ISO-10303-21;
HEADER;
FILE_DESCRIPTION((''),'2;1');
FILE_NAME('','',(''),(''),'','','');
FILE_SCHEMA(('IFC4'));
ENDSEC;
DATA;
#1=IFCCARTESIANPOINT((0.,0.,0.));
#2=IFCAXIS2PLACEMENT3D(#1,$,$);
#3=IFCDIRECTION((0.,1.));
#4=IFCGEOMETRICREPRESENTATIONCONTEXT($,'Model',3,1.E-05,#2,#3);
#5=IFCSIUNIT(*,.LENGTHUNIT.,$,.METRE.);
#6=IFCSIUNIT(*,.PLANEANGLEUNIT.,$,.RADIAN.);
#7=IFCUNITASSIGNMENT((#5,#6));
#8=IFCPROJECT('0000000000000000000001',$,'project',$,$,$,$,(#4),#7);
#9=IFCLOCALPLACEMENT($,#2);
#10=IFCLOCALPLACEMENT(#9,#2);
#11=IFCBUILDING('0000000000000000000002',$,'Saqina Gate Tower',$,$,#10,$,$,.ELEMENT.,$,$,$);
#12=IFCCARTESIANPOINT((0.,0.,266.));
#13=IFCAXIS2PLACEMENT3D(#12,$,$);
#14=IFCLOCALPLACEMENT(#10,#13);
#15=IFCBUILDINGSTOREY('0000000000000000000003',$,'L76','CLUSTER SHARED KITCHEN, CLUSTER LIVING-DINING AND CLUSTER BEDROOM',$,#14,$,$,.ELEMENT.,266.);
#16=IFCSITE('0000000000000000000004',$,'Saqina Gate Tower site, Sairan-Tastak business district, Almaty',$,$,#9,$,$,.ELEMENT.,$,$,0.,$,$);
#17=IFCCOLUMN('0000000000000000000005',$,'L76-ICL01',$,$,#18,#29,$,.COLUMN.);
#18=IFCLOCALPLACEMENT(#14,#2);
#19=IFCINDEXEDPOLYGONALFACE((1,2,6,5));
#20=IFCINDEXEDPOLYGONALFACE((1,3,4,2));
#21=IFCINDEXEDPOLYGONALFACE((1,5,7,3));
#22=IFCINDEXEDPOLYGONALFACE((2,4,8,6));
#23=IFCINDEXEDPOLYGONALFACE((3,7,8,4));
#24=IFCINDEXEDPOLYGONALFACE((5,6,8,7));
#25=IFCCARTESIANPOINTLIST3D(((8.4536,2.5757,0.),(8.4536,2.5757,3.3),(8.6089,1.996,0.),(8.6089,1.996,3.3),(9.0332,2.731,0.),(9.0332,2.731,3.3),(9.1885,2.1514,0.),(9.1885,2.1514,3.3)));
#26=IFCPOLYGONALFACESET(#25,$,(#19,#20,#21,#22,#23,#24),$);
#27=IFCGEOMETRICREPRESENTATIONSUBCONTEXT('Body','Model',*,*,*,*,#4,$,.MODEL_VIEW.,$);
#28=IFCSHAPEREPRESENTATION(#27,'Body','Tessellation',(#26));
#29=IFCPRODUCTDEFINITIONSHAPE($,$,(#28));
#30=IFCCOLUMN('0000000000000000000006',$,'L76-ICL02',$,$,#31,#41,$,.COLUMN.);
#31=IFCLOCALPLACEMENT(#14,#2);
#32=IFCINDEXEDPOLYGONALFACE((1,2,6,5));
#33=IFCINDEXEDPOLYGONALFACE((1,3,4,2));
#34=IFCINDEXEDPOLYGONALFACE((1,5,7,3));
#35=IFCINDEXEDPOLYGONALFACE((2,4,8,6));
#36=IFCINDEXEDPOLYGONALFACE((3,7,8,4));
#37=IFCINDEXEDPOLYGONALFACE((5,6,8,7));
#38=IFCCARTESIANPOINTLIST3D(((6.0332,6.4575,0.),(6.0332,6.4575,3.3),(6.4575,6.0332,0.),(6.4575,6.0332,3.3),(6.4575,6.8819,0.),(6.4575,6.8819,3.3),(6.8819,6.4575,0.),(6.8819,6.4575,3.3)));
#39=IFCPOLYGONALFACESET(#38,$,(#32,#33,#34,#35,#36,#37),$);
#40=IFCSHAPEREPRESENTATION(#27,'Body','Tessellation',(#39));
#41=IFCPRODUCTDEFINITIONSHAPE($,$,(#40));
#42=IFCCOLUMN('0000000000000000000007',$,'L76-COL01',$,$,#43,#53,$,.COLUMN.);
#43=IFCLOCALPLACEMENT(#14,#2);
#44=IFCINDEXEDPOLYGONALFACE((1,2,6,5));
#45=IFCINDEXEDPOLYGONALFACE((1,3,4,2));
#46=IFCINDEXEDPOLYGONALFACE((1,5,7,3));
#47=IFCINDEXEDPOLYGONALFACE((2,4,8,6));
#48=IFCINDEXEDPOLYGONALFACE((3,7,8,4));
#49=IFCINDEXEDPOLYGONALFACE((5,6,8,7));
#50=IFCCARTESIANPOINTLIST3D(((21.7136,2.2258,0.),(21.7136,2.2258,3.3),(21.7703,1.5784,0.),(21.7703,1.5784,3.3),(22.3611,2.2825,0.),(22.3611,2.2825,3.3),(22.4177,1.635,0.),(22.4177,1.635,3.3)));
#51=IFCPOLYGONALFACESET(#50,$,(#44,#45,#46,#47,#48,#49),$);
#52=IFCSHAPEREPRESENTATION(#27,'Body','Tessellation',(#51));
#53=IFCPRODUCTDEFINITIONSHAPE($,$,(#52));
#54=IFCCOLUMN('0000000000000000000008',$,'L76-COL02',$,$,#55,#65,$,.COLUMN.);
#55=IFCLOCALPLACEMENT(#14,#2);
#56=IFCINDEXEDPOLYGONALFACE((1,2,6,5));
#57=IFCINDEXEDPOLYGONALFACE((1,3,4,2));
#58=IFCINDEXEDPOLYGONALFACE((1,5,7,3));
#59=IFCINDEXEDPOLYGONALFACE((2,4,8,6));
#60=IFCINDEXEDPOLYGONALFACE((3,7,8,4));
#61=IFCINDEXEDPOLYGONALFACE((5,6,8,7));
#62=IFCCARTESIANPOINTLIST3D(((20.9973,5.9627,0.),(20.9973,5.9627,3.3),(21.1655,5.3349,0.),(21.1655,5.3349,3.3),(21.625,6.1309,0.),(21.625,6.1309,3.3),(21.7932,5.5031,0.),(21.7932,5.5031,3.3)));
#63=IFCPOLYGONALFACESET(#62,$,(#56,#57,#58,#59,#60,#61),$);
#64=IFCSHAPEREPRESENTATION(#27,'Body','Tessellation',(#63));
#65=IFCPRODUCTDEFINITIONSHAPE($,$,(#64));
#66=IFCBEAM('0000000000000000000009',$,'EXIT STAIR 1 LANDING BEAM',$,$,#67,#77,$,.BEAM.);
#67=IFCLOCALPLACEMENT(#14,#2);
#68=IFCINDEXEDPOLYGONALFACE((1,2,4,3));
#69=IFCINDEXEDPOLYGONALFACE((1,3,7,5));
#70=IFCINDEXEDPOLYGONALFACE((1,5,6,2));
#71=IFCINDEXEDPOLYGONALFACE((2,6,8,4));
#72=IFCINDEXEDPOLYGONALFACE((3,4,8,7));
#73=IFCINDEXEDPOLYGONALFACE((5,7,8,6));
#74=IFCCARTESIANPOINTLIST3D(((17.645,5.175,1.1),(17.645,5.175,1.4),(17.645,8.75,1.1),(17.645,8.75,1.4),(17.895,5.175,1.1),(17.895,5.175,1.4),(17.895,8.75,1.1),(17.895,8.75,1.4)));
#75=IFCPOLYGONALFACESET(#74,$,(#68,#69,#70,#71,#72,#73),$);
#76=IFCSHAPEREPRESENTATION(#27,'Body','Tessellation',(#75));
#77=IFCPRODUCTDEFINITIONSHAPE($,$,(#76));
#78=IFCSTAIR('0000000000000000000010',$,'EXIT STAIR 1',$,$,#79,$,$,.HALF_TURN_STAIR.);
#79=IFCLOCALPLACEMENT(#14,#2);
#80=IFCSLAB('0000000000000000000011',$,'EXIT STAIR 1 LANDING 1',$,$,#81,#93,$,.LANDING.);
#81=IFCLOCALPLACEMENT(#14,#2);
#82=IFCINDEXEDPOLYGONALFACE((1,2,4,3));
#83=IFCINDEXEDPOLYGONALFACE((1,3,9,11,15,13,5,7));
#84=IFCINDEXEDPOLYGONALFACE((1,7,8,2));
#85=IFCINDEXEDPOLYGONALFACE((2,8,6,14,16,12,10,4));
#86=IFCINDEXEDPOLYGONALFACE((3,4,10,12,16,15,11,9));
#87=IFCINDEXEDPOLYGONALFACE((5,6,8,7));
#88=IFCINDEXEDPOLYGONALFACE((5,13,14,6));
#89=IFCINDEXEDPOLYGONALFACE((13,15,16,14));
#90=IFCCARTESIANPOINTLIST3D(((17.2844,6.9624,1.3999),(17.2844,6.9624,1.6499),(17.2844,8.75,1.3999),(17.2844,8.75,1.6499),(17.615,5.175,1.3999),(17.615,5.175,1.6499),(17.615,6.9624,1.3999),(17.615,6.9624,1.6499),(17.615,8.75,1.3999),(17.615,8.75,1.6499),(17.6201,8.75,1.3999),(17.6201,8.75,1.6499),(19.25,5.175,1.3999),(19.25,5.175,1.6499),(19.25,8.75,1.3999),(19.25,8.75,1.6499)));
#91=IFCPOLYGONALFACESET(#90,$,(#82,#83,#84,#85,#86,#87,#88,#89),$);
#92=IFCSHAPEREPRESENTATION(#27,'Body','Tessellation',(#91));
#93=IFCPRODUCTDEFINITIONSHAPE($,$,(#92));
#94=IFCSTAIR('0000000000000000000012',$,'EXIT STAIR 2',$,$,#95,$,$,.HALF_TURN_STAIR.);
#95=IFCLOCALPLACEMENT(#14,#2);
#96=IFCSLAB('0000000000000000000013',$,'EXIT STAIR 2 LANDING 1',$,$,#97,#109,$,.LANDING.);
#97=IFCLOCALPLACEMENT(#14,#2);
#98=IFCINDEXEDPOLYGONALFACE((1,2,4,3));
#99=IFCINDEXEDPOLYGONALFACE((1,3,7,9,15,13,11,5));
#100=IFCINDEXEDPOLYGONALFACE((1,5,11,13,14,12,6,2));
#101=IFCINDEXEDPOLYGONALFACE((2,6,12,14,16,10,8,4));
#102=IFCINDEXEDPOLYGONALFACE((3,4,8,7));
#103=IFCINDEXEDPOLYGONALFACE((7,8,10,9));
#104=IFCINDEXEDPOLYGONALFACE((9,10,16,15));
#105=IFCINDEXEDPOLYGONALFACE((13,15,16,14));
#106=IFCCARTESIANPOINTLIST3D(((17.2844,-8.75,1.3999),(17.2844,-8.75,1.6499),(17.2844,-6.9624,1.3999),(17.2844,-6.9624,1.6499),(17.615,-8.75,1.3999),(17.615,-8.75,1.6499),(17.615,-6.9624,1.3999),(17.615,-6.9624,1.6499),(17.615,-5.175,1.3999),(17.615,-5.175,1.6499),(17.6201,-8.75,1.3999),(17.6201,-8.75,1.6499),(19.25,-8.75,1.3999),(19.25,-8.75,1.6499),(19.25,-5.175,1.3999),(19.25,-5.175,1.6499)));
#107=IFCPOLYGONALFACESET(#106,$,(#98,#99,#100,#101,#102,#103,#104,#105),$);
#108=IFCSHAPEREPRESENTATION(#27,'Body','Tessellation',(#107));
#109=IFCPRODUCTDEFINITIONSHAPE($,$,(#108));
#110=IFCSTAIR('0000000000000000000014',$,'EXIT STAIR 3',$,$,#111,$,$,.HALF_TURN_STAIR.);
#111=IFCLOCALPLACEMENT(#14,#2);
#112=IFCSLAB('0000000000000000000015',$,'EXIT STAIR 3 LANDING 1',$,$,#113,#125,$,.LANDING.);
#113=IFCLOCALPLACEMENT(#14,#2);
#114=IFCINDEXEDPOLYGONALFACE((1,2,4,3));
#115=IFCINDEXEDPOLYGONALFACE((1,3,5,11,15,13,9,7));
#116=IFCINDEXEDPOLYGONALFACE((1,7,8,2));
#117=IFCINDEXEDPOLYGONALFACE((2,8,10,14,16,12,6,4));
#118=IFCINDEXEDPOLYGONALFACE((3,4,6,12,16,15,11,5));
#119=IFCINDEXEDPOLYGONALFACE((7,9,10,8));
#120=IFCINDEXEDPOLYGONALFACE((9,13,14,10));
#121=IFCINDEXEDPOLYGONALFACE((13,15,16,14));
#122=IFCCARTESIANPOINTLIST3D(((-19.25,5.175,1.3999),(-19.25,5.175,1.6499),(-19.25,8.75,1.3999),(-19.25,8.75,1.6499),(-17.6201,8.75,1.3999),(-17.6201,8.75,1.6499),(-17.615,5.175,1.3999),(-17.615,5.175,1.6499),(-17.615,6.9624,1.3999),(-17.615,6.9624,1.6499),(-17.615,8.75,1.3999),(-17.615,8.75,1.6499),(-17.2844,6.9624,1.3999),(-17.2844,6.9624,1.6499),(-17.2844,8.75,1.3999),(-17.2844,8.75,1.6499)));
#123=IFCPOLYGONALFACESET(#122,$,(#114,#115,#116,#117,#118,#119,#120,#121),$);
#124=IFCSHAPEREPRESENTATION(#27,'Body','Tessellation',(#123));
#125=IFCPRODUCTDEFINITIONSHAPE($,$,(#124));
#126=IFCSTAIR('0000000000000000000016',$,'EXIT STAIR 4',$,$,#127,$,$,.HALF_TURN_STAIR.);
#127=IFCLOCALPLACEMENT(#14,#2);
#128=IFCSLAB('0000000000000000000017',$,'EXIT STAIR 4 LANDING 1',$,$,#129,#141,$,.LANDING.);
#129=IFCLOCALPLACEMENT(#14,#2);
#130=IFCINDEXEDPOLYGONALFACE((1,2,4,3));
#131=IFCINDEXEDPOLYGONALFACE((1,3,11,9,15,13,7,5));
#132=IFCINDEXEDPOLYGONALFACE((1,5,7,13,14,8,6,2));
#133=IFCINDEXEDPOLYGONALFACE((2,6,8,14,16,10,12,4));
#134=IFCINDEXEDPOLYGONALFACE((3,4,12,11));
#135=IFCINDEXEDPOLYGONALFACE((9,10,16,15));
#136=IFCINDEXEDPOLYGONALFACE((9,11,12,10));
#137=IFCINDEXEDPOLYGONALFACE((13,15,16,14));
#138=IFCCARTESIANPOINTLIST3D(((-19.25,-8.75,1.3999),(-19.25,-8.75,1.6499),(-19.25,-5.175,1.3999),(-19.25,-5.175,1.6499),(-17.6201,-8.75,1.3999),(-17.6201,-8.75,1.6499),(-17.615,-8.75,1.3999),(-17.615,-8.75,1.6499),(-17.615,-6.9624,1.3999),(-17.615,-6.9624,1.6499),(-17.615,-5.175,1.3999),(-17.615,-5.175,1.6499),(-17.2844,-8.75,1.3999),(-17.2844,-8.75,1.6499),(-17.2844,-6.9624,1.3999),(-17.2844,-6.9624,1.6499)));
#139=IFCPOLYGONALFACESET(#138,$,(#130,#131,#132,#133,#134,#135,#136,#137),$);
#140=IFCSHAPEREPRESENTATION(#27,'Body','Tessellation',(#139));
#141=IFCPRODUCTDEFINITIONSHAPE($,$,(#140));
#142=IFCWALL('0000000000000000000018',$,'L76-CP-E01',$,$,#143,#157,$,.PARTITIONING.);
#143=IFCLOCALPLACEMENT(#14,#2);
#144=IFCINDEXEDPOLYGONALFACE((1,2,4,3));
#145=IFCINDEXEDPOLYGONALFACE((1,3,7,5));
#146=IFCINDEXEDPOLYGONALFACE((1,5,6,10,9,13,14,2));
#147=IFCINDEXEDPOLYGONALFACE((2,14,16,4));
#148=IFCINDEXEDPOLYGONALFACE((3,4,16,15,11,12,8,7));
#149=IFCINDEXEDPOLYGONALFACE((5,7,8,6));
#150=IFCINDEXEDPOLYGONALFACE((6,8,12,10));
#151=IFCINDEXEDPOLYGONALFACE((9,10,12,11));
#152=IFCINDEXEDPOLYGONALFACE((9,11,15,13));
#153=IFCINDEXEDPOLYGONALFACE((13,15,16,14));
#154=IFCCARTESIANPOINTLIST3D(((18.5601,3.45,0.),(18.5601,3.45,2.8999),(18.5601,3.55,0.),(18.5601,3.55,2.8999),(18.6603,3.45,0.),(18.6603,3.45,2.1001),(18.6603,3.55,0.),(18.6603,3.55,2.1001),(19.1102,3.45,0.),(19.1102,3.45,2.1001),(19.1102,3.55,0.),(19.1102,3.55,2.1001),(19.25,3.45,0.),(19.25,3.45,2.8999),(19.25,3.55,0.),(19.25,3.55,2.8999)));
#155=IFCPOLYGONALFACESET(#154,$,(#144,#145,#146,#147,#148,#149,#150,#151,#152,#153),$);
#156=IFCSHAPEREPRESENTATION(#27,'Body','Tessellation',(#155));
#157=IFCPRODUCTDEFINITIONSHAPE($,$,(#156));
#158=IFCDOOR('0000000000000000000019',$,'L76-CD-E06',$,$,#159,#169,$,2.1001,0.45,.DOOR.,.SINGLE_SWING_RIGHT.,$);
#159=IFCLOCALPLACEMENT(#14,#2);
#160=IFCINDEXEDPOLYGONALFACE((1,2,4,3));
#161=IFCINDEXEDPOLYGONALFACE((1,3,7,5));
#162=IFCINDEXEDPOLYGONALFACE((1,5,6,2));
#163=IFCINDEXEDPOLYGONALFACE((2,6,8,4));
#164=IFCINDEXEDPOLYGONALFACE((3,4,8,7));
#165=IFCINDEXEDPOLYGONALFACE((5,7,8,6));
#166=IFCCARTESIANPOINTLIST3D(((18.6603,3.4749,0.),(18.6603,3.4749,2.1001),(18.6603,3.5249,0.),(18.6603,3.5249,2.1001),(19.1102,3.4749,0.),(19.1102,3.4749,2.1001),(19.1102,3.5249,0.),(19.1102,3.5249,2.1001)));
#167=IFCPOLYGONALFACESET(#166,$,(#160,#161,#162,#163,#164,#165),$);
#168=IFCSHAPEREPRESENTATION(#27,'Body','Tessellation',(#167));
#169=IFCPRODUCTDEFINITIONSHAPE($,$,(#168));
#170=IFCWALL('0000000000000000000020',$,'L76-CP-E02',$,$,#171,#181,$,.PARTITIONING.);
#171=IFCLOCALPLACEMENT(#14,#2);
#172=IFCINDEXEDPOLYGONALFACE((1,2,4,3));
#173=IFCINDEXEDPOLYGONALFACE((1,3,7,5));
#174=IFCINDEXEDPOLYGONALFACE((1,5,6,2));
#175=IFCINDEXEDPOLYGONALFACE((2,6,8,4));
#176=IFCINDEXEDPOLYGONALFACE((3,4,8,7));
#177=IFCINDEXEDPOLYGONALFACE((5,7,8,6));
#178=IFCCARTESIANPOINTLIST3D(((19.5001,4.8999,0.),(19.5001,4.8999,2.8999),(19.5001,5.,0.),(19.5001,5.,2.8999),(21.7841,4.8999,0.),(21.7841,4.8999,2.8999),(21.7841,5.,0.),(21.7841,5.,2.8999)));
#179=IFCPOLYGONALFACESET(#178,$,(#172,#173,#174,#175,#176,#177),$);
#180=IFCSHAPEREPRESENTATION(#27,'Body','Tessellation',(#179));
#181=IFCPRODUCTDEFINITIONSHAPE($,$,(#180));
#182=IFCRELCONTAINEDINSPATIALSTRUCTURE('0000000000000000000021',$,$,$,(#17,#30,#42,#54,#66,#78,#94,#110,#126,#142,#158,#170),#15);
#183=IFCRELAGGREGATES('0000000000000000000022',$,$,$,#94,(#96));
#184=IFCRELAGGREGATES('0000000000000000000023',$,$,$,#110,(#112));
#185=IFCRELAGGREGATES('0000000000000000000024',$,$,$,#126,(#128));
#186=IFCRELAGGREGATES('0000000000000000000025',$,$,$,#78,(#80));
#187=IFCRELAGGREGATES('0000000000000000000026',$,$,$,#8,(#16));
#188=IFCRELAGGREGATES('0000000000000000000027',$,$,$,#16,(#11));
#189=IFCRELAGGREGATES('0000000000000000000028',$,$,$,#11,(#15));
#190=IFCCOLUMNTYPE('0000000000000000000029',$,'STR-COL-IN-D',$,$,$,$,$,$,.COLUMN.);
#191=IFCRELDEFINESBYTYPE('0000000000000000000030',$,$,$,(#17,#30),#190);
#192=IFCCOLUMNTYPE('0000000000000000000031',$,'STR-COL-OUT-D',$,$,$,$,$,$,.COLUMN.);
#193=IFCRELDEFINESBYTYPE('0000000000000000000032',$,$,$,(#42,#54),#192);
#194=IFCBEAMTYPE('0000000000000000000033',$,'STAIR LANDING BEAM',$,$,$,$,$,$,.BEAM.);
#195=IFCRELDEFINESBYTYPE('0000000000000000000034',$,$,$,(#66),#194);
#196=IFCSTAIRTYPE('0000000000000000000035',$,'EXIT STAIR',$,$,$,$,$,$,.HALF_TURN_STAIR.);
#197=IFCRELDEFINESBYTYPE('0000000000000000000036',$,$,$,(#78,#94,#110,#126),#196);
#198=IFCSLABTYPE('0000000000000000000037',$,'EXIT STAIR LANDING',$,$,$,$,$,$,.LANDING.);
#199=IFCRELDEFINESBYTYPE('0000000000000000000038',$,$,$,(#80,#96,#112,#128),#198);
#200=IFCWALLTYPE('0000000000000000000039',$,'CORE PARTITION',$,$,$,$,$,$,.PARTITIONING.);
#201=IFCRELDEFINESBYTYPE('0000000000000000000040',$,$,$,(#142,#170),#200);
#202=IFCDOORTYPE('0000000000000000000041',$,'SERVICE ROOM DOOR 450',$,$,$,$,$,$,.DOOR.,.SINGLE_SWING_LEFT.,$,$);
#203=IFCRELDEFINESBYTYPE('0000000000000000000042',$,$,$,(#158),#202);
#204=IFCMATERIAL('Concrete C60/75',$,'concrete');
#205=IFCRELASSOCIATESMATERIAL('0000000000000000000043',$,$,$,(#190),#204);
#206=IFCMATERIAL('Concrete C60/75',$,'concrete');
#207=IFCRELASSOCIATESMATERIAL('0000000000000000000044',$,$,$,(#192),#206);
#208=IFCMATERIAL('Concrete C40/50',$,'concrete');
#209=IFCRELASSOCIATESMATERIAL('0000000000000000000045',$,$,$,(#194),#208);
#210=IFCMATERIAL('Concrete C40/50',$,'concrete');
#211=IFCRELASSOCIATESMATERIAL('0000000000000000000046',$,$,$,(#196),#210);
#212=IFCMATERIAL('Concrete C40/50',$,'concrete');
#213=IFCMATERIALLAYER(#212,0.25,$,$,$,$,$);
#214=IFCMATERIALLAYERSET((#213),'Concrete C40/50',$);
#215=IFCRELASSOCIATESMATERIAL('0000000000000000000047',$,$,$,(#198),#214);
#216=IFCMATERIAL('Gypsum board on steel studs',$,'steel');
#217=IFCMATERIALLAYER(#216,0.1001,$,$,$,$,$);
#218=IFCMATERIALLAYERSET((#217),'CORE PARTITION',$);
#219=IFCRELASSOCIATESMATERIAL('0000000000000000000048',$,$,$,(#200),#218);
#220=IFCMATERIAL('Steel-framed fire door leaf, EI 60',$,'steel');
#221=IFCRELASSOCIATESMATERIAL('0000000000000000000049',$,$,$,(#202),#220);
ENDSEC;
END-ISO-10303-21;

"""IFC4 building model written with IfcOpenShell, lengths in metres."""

from ifc_helpers import new_model, si_unit, direction, frame, frame_2d, origin, origin_2d, place, context, subcontext, project, spatial, polyline, rectangle, outline, extrude, material, layer, layer_set, material_profile, profile_set, type_object, element, fill, aggregate, save


model = new_model("IFC4")

# Units and contexts
model_context = context("Model", 3, precision=1e-05, world=origin(), true_north=direction((0.0, 1.0)))
body_context = subcontext(model_context, "Body", "Model", "MODEL_VIEW")
ifc_project = project(units=[si_unit("LENGTHUNIT", "METRE"), si_unit("PLANEANGLEUNIT", "RADIAN")], contexts=[model_context])

# Site, building, storey
site_placement = place(None, origin())
site = spatial("IfcSite", under=ifc_project, at=site_placement, Name="Saqina Gate Tower site, Sairan-Tastak business district, Almaty", CompositionType="ELEMENT", RefElevation=0.0)
building_placement = place(site_placement, origin())
building = spatial("IfcBuilding", under=site, at=building_placement, Name="Saqina Gate Tower", CompositionType="ELEMENT")
storey_placement = place(building_placement, frame((0.0, 0.0, 266.0)))
storey = spatial("IfcBuildingStorey", under=building, at=storey_placement, Name="L76", Description="CLUSTER SHARED KITCHEN, CLUSTER LIVING-DINING AND CLUSTER BEDROOM", CompositionType="ELEMENT", Elevation=266.0)

# Columns
ifc_material_1 = material(Name="Concrete C60/75", Category="concrete")
ifc_material_profile_1 = material_profile(ifc_material_1, rectangle(XDim=0.6001, YDim=0.6001, at=origin_2d()), Name="RC 600x600")
ifc_profile_set_1 = profile_set([ifc_material_profile_1], Name="Concrete C60/75")
column_type_1 = type_object("IfcColumnType", Name="STR-COL-IN-D", PredefinedType="COLUMN", material=ifc_profile_set_1)
for number, where, z_axis, x_axis, name in (
    (1, (8.821, 2.3635, 0.0), (0.0, 0.0, 1.0), (0.965926, 0.258819, 0.0), "L76-ICL01"),
    (2, (6.4575, 6.4575, 0.0), (0.0, 0.0, 1.0), (0.707107, 0.707107, 0.0), "L76-ICL02"),
):
    element("IfcColumn", number, at=place(storey_placement, frame(where, z_axis=z_axis, x_axis=x_axis)), inside=storey, type_object=column_type_1, Name=name, PredefinedType="COLUMN", context=body_context, shape_type="SweptSolid", body=[
        extrude(rectangle(XDim=0.6001, YDim=0.6001, at=origin_2d()), origin(), (0.0, 0.0, 1.0), 3.3),
    ])
ifc_material_2 = material(Name="Concrete C60/75", Category="concrete")
ifc_material_profile_2 = material_profile(ifc_material_2, rectangle(XDim=0.6499, YDim=0.6499, at=origin_2d()), Name="RC 650x650")
ifc_profile_set_2 = profile_set([ifc_material_profile_2], Name="Concrete C60/75")
column_type_2 = type_object("IfcColumnType", Name="STR-COL-OUT-D", PredefinedType="COLUMN", material=ifc_profile_set_2)
for number, where, z_axis, x_axis, name in (
    (3, (22.0657, 1.9304, 0.0), (0.0, 0.0, 1.0), (0.996195, 0.087156, 0.0), "L76-COL01"),
    (4, (21.3953, 5.7329, 0.0), (0.0, 0.0, 1.0), (0.965926, 0.258819, 0.0), "L76-COL02"),
):
    element("IfcColumn", number, at=place(storey_placement, frame(where, z_axis=z_axis, x_axis=x_axis)), inside=storey, type_object=column_type_2, Name=name, PredefinedType="COLUMN", context=body_context, shape_type="SweptSolid", body=[
        extrude(rectangle(XDim=0.6499, YDim=0.6499, at=origin_2d()), origin(), (0.0, 0.0, 1.0), 3.3),
    ])

# Beam
ifc_material_3 = material(Name="Concrete C40/50", Category="concrete")
ifc_material_profile_3 = material_profile(ifc_material_3, rectangle(XDim=0.25, YDim=0.3, at=origin_2d()), Name="STAIR LANDING BEAM")
ifc_profile_set_3 = profile_set([ifc_material_profile_3], Name="Concrete C40/50")
beam_type = type_object("IfcBeamType", Name="STAIR LANDING BEAM", PredefinedType="BEAM", material=ifc_profile_set_3)
beam_placement = place(storey_placement, frame((17.77, 5.175, 1.25), z_axis=(0.0, 1.0, 0.0), x_axis=(-1.0, 0.0, 0.0)))
element("IfcBeam", 5, at=beam_placement, inside=storey, type_object=beam_type, Name="EXIT STAIR 1 LANDING BEAM", PredefinedType="BEAM", context=body_context, shape_type="SweptSolid", body=[
    extrude(rectangle(XDim=0.25, YDim=0.3, at=origin_2d()), origin(), (0.0, 0.0, 1.0), 3.575),
])

# Stairs, slabs
ifc_material_4 = material(Name="Concrete C40/50", Category="concrete")
stair_type = type_object("IfcStairType", Name="EXIT STAIR", PredefinedType="HALF_TURN_STAIR", material=ifc_material_4)
stair_1_placement = place(storey_placement, origin())
stair_1 = element("IfcStair", 6, at=stair_1_placement, inside=storey, type_object=stair_type, Name="EXIT STAIR 1", PredefinedType="HALF_TURN_STAIR")
ifc_material_5 = material(Name="Concrete C40/50", Category="concrete")
ifc_layer_1 = layer(ifc_material_5, 0.25)
ifc_layer_set_1 = layer_set([ifc_layer_1], Name="Concrete C40/50")
slab_type = type_object("IfcSlabType", Name="EXIT STAIR LANDING", PredefinedType="LANDING", material=ifc_layer_set_1)
slab_1_placement = place(storey_placement, frame((0.0, 0.0, 1.3999)))
slab_1 = element("IfcSlab", 7, at=slab_1_placement, type_object=slab_type, Name="EXIT STAIR 1 LANDING 1", PredefinedType="LANDING", context=body_context, shape_type="SweptSolid", body=[
    extrude(outline(polyline([(19.25, 8.75), (19.25, 5.175), (17.615, 5.175), (17.615, 6.9624), (17.2844, 6.9624), (17.2844, 8.75), (17.615, 8.75), (17.6201, 8.75), (19.25, 8.75)])), origin(), (0.0, 0.0, 1.0), 0.25),
])
stair_2_placement = place(storey_placement, origin())
stair_2 = element("IfcStair", 8, at=stair_2_placement, inside=storey, type_object=stair_type, Name="EXIT STAIR 2", PredefinedType="HALF_TURN_STAIR")
slab_2_placement = place(storey_placement, frame((0.0, 0.0, 1.3999)))
slab_2 = element("IfcSlab", 9, at=slab_2_placement, type_object=slab_type, Name="EXIT STAIR 2 LANDING 1", PredefinedType="LANDING", context=body_context, shape_type="SweptSolid", body=[
    extrude(outline(polyline([(17.2844, -8.75), (17.2844, -6.9624), (17.615, -6.9624), (17.615, -5.175), (19.25, -5.175), (19.25, -8.75), (17.6201, -8.75), (17.615, -8.75), (17.2844, -8.75)])), origin(), (0.0, 0.0, 1.0), 0.25),
])
aggregate(stair_2, [slab_2])
stair_3_placement = place(storey_placement, origin())
stair_3 = element("IfcStair", 10, at=stair_3_placement, inside=storey, type_object=stair_type, Name="EXIT STAIR 3", PredefinedType="HALF_TURN_STAIR")
slab_3_placement = place(storey_placement, frame((0.0, 0.0, 1.3999)))
slab_3 = element("IfcSlab", 11, at=slab_3_placement, type_object=slab_type, Name="EXIT STAIR 3 LANDING 1", PredefinedType="LANDING", context=body_context, shape_type="SweptSolid", body=[
    extrude(outline(polyline([(-17.615, 5.175), (-19.25, 5.175), (-19.25, 8.75), (-17.6201, 8.75), (-17.615, 8.75), (-17.2844, 8.75), (-17.2844, 6.9624), (-17.615, 6.9624), (-17.615, 5.175)])), origin(), (0.0, 0.0, 1.0), 0.25),
])
aggregate(stair_3, [slab_3])
stair_4_placement = place(storey_placement, origin())
stair_4 = element("IfcStair", 12, at=stair_4_placement, inside=storey, type_object=stair_type, Name="EXIT STAIR 4", PredefinedType="HALF_TURN_STAIR")
slab_4_placement = place(storey_placement, frame((0.0, 0.0, 1.3999)))
slab_4 = element("IfcSlab", 13, at=slab_4_placement, type_object=slab_type, Name="EXIT STAIR 4 LANDING 1", PredefinedType="LANDING", context=body_context, shape_type="SweptSolid", body=[
    extrude(outline(polyline([(-17.2844, -6.9624), (-17.2844, -8.75), (-17.615, -8.75), (-17.6201, -8.75), (-19.25, -8.75), (-19.25, -5.175), (-17.615, -5.175), (-17.615, -6.9624), (-17.2844, -6.9624)])), origin(), (0.0, 0.0, 1.0), 0.25),
])
aggregate(stair_4, [slab_4])

# Wall, opening, door
ifc_material_6 = material(Name="Gypsum board on steel studs", Category="steel")
ifc_layer_2 = layer(ifc_material_6, 0.1001)
ifc_layer_set_2 = layer_set([ifc_layer_2], Name="CORE PARTITION")
wall_type_1 = type_object("IfcWallType", Name="CORE PARTITION", PredefinedType="PARTITIONING", material=ifc_layer_set_2)
wall_1_placement = place(storey_placement, frame((18.5601, 3.5, 0.0), z_axis=(0.0, 0.0, 1.0), x_axis=(1.0, 0.0, 0.0)))
wall_1 = element("IfcWall", 14, at=wall_1_placement, inside=storey, type_object=wall_type_1, Name="L76-CP-E01", PredefinedType="PARTITIONING", context=body_context, shape_type="SweptSolid", body=[
    extrude(rectangle(XDim=0.6899, YDim=0.1001, at=frame_2d((0.345, 0.0))), origin(), (0.0, 0.0, 1.0), 2.8999),
])
opening_1_placement = place(wall_1_placement, frame((0.1001, 0.0, 0.0)))
opening_1 = element("IfcOpeningElement", 15, at=opening_1_placement, cuts=wall_1, PredefinedType="OPENING", context=body_context, shape_type="SweptSolid", body=[
    extrude(rectangle(XDim=0.45, YDim=2.1001, at=frame_2d((0.2251, 1.05))), frame((0.0, 0.062, 0.0), z_axis=(0.0, -1.0, 0.0), x_axis=(1.0, 0.0, 0.0)), (0.0, 0.0, 1.0), 0.124),
])
ifc_material_7 = material(Name="Steel-framed fire door leaf, EI 60", Category="steel")
door_type_1 = type_object("IfcDoorType", Name="SERVICE ROOM DOOR 450", OperationType="SINGLE_SWING_LEFT", PredefinedType="DOOR", material=ifc_material_7)
door_1_placement = place(opening_1_placement, origin())
door_1 = element("IfcDoor", 16, at=door_1_placement, inside=storey, type_object=door_type_1, Name="L76-CD-E06", OperationType="SINGLE_SWING_RIGHT", OverallHeight=2.1001, OverallWidth=0.45, PredefinedType="DOOR", context=body_context, shape_type="SweptSolid", body=[
    extrude(rectangle(XDim=0.45, YDim=2.1001, at=frame_2d((0.2251, 1.05))), frame((0.0, 0.0249, 0.0), z_axis=(0.0, -1.0, 0.0), x_axis=(1.0, 0.0, 0.0)), (0.0, 0.0, 1.0), 0.05),
])
fill(opening_1, door_1)

# Wall
wall_2_placement = place(storey_placement, frame((19.5, 4.95, 0.0), z_axis=(0.0, 0.0, 1.0), x_axis=(1.0, 0.0, 0.0)))
element("IfcWall", 17, at=wall_2_placement, inside=storey, type_object=wall_type_1, Name="L76-CP-E02", PredefinedType="PARTITIONING", context=body_context, shape_type="SweptSolid", body=[
    extrude(rectangle(XDim=2.2839, YDim=0.1001, at=frame_2d((1.1421, 0.0))), origin(), (0.0, 0.0, 1.0), 2.8999),
])

aggregate(stair_1, [slab_1])

save(model, "model.ifc")
